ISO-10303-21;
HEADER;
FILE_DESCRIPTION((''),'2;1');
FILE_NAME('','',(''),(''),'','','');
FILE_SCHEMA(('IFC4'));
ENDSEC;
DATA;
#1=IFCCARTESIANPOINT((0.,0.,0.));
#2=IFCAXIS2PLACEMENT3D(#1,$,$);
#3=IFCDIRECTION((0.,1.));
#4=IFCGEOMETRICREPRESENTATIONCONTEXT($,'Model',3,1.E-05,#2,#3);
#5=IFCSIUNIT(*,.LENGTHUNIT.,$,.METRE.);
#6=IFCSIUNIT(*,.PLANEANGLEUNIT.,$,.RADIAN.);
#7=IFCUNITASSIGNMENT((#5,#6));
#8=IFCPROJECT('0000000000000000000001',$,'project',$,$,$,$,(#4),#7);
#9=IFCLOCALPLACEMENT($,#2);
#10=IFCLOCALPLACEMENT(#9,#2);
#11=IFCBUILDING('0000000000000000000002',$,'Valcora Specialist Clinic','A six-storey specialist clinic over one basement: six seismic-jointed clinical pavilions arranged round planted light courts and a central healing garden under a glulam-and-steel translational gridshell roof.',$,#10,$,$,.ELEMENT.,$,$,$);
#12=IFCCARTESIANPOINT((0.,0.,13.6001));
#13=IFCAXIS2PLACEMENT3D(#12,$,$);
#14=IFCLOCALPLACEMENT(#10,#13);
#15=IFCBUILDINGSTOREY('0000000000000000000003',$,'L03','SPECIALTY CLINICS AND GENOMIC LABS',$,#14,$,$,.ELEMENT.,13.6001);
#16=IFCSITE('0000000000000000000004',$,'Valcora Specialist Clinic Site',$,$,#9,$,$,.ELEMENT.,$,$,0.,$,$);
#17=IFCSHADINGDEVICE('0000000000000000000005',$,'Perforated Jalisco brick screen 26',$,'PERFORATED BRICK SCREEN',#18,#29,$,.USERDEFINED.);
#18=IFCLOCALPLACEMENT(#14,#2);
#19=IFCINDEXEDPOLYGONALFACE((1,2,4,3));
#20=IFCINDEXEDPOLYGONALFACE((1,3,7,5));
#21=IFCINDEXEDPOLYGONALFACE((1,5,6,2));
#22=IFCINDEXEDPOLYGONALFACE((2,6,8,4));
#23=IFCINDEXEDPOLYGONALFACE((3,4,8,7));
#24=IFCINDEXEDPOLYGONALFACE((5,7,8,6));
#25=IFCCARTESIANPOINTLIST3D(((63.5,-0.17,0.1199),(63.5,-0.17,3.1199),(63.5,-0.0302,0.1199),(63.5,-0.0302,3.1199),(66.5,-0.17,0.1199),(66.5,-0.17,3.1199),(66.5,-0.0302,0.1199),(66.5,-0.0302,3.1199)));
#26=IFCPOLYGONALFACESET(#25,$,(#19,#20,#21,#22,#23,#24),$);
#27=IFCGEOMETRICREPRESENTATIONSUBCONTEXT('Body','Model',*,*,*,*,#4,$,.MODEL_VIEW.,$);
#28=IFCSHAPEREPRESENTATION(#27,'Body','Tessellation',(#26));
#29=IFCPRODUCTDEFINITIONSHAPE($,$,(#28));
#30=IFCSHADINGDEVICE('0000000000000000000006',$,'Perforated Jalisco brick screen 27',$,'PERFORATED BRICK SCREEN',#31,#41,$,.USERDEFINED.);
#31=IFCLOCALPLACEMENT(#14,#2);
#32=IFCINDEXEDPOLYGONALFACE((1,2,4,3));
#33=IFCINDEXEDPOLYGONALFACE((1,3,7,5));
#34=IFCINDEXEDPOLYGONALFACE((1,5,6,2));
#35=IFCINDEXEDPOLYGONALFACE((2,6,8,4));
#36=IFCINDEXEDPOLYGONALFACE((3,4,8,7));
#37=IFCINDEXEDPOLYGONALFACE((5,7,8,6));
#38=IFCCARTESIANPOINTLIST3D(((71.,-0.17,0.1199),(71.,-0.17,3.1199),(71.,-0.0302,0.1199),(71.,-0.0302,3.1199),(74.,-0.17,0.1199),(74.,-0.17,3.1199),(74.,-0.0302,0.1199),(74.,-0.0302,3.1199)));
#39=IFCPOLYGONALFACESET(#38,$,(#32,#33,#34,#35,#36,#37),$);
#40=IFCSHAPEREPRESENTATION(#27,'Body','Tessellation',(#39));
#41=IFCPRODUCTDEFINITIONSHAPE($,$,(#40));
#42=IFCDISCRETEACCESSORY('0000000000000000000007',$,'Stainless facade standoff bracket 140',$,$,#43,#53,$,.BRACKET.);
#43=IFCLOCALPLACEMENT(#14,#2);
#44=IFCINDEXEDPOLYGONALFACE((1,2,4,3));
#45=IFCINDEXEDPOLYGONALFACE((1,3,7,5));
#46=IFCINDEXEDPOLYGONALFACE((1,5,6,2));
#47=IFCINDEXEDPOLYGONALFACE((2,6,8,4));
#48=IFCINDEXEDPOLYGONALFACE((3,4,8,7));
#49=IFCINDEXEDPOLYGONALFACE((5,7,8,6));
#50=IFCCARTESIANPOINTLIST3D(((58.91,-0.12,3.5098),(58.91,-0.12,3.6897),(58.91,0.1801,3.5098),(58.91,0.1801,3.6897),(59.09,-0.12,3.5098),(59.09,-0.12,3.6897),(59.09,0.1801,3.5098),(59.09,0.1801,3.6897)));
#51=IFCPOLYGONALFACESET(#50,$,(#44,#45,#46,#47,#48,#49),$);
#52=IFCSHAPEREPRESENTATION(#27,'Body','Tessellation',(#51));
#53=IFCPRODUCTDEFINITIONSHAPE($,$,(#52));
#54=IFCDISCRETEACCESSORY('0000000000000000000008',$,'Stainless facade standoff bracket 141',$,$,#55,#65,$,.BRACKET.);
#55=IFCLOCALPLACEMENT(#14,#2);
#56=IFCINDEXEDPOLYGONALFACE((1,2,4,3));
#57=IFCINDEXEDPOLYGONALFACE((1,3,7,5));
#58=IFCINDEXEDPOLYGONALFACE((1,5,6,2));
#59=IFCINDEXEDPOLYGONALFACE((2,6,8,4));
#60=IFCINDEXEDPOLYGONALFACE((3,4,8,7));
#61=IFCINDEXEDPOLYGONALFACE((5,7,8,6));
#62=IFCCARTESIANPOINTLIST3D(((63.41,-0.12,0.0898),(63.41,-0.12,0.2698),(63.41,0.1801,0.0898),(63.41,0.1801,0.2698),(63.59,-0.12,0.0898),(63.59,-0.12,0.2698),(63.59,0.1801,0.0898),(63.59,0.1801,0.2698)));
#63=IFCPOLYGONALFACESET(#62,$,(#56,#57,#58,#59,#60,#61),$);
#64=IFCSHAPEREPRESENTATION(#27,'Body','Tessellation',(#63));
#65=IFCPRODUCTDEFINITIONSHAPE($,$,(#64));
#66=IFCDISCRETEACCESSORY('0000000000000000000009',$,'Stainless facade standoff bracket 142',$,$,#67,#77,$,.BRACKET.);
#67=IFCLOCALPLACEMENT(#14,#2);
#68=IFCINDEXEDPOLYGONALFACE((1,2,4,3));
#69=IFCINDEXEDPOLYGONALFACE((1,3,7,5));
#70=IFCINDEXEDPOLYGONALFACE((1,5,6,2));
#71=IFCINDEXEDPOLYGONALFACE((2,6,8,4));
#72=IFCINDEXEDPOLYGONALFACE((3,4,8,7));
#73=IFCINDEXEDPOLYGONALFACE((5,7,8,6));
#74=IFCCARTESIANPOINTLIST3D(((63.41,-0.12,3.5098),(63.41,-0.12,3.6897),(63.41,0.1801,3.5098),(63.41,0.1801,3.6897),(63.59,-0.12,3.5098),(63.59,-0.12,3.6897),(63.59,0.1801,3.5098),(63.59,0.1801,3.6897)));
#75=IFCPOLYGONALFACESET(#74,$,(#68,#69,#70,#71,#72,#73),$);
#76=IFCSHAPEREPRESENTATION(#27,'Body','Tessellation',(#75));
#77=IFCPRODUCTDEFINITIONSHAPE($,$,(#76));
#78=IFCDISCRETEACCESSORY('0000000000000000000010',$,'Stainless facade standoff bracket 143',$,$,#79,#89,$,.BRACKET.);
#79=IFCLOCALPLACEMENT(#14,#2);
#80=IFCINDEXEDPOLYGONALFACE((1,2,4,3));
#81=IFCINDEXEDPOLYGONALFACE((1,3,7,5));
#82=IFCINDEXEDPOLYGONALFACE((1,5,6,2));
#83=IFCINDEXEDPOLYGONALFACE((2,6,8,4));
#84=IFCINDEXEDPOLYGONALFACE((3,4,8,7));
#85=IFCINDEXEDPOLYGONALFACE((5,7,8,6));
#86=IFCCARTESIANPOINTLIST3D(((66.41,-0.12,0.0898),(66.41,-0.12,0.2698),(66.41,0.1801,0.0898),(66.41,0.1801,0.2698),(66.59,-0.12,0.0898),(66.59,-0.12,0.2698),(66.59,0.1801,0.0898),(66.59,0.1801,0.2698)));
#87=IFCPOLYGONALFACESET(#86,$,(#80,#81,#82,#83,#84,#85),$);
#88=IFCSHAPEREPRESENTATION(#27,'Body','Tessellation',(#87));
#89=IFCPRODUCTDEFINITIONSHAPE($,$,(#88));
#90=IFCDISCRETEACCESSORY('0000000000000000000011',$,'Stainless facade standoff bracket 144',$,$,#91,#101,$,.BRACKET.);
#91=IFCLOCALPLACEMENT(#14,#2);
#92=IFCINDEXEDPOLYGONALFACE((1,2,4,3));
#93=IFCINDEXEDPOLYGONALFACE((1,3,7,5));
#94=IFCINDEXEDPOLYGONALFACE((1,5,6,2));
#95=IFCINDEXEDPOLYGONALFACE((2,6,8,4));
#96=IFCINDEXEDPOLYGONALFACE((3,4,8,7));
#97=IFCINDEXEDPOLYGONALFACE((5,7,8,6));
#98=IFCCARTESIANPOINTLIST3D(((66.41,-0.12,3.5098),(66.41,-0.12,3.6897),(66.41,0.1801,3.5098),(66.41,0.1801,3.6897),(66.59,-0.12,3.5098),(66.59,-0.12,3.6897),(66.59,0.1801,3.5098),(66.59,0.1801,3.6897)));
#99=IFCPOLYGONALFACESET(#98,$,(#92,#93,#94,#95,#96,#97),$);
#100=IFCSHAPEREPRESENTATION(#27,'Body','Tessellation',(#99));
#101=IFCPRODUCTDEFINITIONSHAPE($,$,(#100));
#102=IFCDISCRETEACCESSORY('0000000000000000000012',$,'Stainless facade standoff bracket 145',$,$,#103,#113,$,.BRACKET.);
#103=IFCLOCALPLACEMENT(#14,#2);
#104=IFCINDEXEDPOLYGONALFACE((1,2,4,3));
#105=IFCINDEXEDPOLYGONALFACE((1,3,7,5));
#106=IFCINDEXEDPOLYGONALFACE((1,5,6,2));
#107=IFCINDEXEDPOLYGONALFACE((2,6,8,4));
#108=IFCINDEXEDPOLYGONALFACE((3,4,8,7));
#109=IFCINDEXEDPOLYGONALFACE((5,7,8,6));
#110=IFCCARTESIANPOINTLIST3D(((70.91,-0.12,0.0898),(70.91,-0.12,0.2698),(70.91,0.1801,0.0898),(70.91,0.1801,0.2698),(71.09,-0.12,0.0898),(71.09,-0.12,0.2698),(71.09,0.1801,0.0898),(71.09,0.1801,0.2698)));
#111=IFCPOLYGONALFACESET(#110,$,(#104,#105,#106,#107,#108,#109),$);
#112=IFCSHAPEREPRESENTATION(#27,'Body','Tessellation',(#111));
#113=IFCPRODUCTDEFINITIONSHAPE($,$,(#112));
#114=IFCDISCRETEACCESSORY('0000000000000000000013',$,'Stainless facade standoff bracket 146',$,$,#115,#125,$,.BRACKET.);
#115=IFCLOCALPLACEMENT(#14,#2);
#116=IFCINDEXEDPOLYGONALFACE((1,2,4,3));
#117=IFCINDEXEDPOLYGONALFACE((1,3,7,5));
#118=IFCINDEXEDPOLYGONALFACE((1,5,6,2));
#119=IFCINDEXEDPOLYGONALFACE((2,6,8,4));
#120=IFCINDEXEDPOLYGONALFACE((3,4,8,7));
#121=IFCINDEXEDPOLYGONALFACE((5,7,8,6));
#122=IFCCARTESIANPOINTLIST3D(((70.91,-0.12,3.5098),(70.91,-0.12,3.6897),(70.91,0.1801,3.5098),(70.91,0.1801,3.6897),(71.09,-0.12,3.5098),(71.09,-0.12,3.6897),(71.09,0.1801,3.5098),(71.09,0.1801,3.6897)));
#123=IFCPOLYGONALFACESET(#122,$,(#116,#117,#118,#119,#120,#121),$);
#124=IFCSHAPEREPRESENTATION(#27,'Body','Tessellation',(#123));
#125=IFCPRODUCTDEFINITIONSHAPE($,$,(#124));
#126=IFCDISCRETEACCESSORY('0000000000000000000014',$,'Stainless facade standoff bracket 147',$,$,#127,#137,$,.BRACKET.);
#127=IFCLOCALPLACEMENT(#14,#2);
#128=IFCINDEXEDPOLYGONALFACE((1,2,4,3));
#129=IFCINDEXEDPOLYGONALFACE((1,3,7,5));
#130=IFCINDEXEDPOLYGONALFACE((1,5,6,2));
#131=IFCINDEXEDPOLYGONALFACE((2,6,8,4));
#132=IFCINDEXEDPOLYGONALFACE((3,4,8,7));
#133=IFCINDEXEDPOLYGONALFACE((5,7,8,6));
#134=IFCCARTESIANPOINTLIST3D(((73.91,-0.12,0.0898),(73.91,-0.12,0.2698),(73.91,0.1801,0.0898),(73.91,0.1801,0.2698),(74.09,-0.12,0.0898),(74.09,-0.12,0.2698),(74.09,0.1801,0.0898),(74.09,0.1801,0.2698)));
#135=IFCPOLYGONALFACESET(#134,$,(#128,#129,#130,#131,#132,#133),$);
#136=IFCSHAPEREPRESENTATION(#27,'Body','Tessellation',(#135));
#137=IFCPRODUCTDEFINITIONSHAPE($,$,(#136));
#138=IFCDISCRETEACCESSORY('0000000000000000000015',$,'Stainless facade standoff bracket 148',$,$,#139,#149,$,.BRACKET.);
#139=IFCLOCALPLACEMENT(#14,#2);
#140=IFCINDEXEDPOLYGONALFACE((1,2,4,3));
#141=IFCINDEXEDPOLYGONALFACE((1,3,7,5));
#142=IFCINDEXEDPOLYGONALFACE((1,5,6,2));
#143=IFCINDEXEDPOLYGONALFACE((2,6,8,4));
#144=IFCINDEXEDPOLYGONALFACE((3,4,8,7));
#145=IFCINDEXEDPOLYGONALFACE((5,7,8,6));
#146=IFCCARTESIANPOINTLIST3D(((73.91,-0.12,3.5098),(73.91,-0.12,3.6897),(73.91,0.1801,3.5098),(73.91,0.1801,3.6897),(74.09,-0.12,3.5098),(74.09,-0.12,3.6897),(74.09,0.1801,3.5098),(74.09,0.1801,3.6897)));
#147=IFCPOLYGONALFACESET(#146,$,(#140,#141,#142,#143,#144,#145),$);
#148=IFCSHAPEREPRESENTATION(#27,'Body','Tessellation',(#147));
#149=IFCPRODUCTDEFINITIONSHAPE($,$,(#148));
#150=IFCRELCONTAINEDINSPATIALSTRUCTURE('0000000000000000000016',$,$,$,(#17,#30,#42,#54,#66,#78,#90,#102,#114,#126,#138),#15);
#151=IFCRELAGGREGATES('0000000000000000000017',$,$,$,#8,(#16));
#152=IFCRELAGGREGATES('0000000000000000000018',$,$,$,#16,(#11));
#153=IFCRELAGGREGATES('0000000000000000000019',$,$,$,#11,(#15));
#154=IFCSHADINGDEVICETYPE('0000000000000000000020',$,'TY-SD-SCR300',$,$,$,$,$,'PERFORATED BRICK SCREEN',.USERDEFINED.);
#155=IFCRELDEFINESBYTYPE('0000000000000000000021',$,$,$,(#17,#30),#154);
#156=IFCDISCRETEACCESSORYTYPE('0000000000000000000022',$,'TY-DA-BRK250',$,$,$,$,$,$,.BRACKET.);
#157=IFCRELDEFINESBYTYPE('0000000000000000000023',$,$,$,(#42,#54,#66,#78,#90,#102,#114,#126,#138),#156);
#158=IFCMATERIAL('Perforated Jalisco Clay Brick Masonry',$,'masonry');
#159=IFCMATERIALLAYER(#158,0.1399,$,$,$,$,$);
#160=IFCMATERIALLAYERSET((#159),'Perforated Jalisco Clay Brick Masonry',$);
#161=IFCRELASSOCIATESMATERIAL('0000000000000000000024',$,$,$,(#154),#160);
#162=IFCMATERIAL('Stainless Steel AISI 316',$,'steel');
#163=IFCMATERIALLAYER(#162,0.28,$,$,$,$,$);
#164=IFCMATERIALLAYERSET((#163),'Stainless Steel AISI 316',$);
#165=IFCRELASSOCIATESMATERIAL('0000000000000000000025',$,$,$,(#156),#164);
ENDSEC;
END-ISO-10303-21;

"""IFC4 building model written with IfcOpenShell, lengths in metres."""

from ifc_helpers import new_model, si_unit, direction, frame, origin, origin_2d, place, context, subcontext, project, spatial, rectangle, extrude, material, layer, layer_set, type_object, element, save


model = new_model("IFC4")

# Units and contexts
model_context = context("Model", 3, precision=1e-05, world=origin(), true_north=direction((0.0, 1.0)))
body_context = subcontext(model_context, "Body", "Model", "MODEL_VIEW")
ifc_project = project(units=[si_unit("LENGTHUNIT", "METRE"), si_unit("PLANEANGLEUNIT", "RADIAN")], contexts=[model_context])

# Site, building, storey
site_placement = place(None, origin())
site = spatial("IfcSite", under=ifc_project, at=site_placement, Name="Valcora Specialist Clinic Site", CompositionType="ELEMENT", RefElevation=0.0)
building_placement = place(site_placement, origin())
building = spatial("IfcBuilding", under=site, at=building_placement, Name="Valcora Specialist Clinic", Description="A six-storey specialist clinic over one basement: six seismic-jointed clinical pavilions arranged round planted light courts and a central healing garden under a glulam-and-steel translational gridshell roof.", CompositionType="ELEMENT")
storey_placement = place(building_placement, frame((0.0, 0.0, 13.6001)))
storey = spatial("IfcBuildingStorey", under=building, at=storey_placement, Name="L03", Description="SPECIALTY CLINICS AND GENOMIC LABS", CompositionType="ELEMENT", Elevation=13.6001)

# Shading devices
ifc_material_1 = material(Name="Perforated Jalisco Clay Brick Masonry", Category="masonry")
ifc_layer_1 = layer(ifc_material_1, 0.1399)
ifc_layer_set_1 = layer_set([ifc_layer_1], Name="Perforated Jalisco Clay Brick Masonry")
shading_device_type = type_object("IfcShadingDeviceType", Name="TY-SD-SCR300", ElementType="PERFORATED BRICK SCREEN", PredefinedType="USERDEFINED", material=ifc_layer_set_1)
for number, where, z_axis, x_axis, name in (
    (1, (65.0, -0.1001, 0.1199), (0.0, 0.0, 1.0), (1.0, 0.0, 0.0), "Perforated Jalisco brick screen 26"),
    (2, (72.5, -0.1001, 0.1199), (0.0, 0.0, 1.0), (1.0, 0.0, 0.0), "Perforated Jalisco brick screen 27"),
):
    element("IfcShadingDevice", number, at=place(storey_placement, frame(where, z_axis=z_axis, x_axis=x_axis)), inside=storey, type_object=shading_device_type, Name=name, ObjectType="PERFORATED BRICK SCREEN", PredefinedType="USERDEFINED", context=body_context, shape_type="SweptSolid", body=[
        extrude(rectangle(XDim=3.0, YDim=0.1399, at=origin_2d()), origin(), (0.0, 0.0, 1.0), 3.0),
    ])

# Discrete accessories
ifc_material_2 = material(Name="Stainless Steel AISI 316", Category="steel")
ifc_layer_2 = layer(ifc_material_2, 0.28)
ifc_layer_set_2 = layer_set([ifc_layer_2], Name="Stainless Steel AISI 316")
discrete_accessory_type = type_object("IfcDiscreteAccessoryType", Name="TY-DA-BRK250", PredefinedType="BRACKET", material=ifc_layer_set_2)
for number, where, z_axis, x_axis, name in (
    (3, (59.0, 0.03, 3.5098), (0.0, 0.0, 1.0), (1.0, 0.0, 0.0), "Stainless facade standoff bracket 140"),
    (4, (63.5, 0.03, 0.0898), (0.0, 0.0, 1.0), (1.0, 0.0, 0.0), "Stainless facade standoff bracket 141"),
    (5, (63.5, 0.03, 3.5098), (0.0, 0.0, 1.0), (1.0, 0.0, 0.0), "Stainless facade standoff bracket 142"),
    (6, (66.5, 0.03, 0.0898), (0.0, 0.0, 1.0), (1.0, 0.0, 0.0), "Stainless facade standoff bracket 143"),
    (7, (66.5, 0.03, 3.5098), (0.0, 0.0, 1.0), (1.0, 0.0, 0.0), "Stainless facade standoff bracket 144"),
    (8, (71.0, 0.03, 0.0898), (0.0, 0.0, 1.0), (1.0, 0.0, 0.0), "Stainless facade standoff bracket 145"),
    (9, (71.0, 0.03, 3.5098), (0.0, 0.0, 1.0), (1.0, 0.0, 0.0), "Stainless facade standoff bracket 146"),
    (10, (74.0, 0.03, 0.0898), (0.0, 0.0, 1.0), (1.0, 0.0, 0.0), "Stainless facade standoff bracket 147"),
    (11, (74.0, 0.03, 3.5098), (0.0, 0.0, 1.0), (1.0, 0.0, 0.0), "Stainless facade standoff bracket 148"),
):
    element("IfcDiscreteAccessory", number, at=place(storey_placement, frame(where, z_axis=z_axis, x_axis=x_axis)), inside=storey, type_object=discrete_accessory_type, Name=name, PredefinedType="BRACKET", context=body_context, shape_type="SweptSolid", body=[
        extrude(rectangle(XDim=0.1799, YDim=0.3, at=origin_2d()), origin(), (0.0, 0.0, 1.0), 0.1799),
    ])

save(model, "model.ifc")
